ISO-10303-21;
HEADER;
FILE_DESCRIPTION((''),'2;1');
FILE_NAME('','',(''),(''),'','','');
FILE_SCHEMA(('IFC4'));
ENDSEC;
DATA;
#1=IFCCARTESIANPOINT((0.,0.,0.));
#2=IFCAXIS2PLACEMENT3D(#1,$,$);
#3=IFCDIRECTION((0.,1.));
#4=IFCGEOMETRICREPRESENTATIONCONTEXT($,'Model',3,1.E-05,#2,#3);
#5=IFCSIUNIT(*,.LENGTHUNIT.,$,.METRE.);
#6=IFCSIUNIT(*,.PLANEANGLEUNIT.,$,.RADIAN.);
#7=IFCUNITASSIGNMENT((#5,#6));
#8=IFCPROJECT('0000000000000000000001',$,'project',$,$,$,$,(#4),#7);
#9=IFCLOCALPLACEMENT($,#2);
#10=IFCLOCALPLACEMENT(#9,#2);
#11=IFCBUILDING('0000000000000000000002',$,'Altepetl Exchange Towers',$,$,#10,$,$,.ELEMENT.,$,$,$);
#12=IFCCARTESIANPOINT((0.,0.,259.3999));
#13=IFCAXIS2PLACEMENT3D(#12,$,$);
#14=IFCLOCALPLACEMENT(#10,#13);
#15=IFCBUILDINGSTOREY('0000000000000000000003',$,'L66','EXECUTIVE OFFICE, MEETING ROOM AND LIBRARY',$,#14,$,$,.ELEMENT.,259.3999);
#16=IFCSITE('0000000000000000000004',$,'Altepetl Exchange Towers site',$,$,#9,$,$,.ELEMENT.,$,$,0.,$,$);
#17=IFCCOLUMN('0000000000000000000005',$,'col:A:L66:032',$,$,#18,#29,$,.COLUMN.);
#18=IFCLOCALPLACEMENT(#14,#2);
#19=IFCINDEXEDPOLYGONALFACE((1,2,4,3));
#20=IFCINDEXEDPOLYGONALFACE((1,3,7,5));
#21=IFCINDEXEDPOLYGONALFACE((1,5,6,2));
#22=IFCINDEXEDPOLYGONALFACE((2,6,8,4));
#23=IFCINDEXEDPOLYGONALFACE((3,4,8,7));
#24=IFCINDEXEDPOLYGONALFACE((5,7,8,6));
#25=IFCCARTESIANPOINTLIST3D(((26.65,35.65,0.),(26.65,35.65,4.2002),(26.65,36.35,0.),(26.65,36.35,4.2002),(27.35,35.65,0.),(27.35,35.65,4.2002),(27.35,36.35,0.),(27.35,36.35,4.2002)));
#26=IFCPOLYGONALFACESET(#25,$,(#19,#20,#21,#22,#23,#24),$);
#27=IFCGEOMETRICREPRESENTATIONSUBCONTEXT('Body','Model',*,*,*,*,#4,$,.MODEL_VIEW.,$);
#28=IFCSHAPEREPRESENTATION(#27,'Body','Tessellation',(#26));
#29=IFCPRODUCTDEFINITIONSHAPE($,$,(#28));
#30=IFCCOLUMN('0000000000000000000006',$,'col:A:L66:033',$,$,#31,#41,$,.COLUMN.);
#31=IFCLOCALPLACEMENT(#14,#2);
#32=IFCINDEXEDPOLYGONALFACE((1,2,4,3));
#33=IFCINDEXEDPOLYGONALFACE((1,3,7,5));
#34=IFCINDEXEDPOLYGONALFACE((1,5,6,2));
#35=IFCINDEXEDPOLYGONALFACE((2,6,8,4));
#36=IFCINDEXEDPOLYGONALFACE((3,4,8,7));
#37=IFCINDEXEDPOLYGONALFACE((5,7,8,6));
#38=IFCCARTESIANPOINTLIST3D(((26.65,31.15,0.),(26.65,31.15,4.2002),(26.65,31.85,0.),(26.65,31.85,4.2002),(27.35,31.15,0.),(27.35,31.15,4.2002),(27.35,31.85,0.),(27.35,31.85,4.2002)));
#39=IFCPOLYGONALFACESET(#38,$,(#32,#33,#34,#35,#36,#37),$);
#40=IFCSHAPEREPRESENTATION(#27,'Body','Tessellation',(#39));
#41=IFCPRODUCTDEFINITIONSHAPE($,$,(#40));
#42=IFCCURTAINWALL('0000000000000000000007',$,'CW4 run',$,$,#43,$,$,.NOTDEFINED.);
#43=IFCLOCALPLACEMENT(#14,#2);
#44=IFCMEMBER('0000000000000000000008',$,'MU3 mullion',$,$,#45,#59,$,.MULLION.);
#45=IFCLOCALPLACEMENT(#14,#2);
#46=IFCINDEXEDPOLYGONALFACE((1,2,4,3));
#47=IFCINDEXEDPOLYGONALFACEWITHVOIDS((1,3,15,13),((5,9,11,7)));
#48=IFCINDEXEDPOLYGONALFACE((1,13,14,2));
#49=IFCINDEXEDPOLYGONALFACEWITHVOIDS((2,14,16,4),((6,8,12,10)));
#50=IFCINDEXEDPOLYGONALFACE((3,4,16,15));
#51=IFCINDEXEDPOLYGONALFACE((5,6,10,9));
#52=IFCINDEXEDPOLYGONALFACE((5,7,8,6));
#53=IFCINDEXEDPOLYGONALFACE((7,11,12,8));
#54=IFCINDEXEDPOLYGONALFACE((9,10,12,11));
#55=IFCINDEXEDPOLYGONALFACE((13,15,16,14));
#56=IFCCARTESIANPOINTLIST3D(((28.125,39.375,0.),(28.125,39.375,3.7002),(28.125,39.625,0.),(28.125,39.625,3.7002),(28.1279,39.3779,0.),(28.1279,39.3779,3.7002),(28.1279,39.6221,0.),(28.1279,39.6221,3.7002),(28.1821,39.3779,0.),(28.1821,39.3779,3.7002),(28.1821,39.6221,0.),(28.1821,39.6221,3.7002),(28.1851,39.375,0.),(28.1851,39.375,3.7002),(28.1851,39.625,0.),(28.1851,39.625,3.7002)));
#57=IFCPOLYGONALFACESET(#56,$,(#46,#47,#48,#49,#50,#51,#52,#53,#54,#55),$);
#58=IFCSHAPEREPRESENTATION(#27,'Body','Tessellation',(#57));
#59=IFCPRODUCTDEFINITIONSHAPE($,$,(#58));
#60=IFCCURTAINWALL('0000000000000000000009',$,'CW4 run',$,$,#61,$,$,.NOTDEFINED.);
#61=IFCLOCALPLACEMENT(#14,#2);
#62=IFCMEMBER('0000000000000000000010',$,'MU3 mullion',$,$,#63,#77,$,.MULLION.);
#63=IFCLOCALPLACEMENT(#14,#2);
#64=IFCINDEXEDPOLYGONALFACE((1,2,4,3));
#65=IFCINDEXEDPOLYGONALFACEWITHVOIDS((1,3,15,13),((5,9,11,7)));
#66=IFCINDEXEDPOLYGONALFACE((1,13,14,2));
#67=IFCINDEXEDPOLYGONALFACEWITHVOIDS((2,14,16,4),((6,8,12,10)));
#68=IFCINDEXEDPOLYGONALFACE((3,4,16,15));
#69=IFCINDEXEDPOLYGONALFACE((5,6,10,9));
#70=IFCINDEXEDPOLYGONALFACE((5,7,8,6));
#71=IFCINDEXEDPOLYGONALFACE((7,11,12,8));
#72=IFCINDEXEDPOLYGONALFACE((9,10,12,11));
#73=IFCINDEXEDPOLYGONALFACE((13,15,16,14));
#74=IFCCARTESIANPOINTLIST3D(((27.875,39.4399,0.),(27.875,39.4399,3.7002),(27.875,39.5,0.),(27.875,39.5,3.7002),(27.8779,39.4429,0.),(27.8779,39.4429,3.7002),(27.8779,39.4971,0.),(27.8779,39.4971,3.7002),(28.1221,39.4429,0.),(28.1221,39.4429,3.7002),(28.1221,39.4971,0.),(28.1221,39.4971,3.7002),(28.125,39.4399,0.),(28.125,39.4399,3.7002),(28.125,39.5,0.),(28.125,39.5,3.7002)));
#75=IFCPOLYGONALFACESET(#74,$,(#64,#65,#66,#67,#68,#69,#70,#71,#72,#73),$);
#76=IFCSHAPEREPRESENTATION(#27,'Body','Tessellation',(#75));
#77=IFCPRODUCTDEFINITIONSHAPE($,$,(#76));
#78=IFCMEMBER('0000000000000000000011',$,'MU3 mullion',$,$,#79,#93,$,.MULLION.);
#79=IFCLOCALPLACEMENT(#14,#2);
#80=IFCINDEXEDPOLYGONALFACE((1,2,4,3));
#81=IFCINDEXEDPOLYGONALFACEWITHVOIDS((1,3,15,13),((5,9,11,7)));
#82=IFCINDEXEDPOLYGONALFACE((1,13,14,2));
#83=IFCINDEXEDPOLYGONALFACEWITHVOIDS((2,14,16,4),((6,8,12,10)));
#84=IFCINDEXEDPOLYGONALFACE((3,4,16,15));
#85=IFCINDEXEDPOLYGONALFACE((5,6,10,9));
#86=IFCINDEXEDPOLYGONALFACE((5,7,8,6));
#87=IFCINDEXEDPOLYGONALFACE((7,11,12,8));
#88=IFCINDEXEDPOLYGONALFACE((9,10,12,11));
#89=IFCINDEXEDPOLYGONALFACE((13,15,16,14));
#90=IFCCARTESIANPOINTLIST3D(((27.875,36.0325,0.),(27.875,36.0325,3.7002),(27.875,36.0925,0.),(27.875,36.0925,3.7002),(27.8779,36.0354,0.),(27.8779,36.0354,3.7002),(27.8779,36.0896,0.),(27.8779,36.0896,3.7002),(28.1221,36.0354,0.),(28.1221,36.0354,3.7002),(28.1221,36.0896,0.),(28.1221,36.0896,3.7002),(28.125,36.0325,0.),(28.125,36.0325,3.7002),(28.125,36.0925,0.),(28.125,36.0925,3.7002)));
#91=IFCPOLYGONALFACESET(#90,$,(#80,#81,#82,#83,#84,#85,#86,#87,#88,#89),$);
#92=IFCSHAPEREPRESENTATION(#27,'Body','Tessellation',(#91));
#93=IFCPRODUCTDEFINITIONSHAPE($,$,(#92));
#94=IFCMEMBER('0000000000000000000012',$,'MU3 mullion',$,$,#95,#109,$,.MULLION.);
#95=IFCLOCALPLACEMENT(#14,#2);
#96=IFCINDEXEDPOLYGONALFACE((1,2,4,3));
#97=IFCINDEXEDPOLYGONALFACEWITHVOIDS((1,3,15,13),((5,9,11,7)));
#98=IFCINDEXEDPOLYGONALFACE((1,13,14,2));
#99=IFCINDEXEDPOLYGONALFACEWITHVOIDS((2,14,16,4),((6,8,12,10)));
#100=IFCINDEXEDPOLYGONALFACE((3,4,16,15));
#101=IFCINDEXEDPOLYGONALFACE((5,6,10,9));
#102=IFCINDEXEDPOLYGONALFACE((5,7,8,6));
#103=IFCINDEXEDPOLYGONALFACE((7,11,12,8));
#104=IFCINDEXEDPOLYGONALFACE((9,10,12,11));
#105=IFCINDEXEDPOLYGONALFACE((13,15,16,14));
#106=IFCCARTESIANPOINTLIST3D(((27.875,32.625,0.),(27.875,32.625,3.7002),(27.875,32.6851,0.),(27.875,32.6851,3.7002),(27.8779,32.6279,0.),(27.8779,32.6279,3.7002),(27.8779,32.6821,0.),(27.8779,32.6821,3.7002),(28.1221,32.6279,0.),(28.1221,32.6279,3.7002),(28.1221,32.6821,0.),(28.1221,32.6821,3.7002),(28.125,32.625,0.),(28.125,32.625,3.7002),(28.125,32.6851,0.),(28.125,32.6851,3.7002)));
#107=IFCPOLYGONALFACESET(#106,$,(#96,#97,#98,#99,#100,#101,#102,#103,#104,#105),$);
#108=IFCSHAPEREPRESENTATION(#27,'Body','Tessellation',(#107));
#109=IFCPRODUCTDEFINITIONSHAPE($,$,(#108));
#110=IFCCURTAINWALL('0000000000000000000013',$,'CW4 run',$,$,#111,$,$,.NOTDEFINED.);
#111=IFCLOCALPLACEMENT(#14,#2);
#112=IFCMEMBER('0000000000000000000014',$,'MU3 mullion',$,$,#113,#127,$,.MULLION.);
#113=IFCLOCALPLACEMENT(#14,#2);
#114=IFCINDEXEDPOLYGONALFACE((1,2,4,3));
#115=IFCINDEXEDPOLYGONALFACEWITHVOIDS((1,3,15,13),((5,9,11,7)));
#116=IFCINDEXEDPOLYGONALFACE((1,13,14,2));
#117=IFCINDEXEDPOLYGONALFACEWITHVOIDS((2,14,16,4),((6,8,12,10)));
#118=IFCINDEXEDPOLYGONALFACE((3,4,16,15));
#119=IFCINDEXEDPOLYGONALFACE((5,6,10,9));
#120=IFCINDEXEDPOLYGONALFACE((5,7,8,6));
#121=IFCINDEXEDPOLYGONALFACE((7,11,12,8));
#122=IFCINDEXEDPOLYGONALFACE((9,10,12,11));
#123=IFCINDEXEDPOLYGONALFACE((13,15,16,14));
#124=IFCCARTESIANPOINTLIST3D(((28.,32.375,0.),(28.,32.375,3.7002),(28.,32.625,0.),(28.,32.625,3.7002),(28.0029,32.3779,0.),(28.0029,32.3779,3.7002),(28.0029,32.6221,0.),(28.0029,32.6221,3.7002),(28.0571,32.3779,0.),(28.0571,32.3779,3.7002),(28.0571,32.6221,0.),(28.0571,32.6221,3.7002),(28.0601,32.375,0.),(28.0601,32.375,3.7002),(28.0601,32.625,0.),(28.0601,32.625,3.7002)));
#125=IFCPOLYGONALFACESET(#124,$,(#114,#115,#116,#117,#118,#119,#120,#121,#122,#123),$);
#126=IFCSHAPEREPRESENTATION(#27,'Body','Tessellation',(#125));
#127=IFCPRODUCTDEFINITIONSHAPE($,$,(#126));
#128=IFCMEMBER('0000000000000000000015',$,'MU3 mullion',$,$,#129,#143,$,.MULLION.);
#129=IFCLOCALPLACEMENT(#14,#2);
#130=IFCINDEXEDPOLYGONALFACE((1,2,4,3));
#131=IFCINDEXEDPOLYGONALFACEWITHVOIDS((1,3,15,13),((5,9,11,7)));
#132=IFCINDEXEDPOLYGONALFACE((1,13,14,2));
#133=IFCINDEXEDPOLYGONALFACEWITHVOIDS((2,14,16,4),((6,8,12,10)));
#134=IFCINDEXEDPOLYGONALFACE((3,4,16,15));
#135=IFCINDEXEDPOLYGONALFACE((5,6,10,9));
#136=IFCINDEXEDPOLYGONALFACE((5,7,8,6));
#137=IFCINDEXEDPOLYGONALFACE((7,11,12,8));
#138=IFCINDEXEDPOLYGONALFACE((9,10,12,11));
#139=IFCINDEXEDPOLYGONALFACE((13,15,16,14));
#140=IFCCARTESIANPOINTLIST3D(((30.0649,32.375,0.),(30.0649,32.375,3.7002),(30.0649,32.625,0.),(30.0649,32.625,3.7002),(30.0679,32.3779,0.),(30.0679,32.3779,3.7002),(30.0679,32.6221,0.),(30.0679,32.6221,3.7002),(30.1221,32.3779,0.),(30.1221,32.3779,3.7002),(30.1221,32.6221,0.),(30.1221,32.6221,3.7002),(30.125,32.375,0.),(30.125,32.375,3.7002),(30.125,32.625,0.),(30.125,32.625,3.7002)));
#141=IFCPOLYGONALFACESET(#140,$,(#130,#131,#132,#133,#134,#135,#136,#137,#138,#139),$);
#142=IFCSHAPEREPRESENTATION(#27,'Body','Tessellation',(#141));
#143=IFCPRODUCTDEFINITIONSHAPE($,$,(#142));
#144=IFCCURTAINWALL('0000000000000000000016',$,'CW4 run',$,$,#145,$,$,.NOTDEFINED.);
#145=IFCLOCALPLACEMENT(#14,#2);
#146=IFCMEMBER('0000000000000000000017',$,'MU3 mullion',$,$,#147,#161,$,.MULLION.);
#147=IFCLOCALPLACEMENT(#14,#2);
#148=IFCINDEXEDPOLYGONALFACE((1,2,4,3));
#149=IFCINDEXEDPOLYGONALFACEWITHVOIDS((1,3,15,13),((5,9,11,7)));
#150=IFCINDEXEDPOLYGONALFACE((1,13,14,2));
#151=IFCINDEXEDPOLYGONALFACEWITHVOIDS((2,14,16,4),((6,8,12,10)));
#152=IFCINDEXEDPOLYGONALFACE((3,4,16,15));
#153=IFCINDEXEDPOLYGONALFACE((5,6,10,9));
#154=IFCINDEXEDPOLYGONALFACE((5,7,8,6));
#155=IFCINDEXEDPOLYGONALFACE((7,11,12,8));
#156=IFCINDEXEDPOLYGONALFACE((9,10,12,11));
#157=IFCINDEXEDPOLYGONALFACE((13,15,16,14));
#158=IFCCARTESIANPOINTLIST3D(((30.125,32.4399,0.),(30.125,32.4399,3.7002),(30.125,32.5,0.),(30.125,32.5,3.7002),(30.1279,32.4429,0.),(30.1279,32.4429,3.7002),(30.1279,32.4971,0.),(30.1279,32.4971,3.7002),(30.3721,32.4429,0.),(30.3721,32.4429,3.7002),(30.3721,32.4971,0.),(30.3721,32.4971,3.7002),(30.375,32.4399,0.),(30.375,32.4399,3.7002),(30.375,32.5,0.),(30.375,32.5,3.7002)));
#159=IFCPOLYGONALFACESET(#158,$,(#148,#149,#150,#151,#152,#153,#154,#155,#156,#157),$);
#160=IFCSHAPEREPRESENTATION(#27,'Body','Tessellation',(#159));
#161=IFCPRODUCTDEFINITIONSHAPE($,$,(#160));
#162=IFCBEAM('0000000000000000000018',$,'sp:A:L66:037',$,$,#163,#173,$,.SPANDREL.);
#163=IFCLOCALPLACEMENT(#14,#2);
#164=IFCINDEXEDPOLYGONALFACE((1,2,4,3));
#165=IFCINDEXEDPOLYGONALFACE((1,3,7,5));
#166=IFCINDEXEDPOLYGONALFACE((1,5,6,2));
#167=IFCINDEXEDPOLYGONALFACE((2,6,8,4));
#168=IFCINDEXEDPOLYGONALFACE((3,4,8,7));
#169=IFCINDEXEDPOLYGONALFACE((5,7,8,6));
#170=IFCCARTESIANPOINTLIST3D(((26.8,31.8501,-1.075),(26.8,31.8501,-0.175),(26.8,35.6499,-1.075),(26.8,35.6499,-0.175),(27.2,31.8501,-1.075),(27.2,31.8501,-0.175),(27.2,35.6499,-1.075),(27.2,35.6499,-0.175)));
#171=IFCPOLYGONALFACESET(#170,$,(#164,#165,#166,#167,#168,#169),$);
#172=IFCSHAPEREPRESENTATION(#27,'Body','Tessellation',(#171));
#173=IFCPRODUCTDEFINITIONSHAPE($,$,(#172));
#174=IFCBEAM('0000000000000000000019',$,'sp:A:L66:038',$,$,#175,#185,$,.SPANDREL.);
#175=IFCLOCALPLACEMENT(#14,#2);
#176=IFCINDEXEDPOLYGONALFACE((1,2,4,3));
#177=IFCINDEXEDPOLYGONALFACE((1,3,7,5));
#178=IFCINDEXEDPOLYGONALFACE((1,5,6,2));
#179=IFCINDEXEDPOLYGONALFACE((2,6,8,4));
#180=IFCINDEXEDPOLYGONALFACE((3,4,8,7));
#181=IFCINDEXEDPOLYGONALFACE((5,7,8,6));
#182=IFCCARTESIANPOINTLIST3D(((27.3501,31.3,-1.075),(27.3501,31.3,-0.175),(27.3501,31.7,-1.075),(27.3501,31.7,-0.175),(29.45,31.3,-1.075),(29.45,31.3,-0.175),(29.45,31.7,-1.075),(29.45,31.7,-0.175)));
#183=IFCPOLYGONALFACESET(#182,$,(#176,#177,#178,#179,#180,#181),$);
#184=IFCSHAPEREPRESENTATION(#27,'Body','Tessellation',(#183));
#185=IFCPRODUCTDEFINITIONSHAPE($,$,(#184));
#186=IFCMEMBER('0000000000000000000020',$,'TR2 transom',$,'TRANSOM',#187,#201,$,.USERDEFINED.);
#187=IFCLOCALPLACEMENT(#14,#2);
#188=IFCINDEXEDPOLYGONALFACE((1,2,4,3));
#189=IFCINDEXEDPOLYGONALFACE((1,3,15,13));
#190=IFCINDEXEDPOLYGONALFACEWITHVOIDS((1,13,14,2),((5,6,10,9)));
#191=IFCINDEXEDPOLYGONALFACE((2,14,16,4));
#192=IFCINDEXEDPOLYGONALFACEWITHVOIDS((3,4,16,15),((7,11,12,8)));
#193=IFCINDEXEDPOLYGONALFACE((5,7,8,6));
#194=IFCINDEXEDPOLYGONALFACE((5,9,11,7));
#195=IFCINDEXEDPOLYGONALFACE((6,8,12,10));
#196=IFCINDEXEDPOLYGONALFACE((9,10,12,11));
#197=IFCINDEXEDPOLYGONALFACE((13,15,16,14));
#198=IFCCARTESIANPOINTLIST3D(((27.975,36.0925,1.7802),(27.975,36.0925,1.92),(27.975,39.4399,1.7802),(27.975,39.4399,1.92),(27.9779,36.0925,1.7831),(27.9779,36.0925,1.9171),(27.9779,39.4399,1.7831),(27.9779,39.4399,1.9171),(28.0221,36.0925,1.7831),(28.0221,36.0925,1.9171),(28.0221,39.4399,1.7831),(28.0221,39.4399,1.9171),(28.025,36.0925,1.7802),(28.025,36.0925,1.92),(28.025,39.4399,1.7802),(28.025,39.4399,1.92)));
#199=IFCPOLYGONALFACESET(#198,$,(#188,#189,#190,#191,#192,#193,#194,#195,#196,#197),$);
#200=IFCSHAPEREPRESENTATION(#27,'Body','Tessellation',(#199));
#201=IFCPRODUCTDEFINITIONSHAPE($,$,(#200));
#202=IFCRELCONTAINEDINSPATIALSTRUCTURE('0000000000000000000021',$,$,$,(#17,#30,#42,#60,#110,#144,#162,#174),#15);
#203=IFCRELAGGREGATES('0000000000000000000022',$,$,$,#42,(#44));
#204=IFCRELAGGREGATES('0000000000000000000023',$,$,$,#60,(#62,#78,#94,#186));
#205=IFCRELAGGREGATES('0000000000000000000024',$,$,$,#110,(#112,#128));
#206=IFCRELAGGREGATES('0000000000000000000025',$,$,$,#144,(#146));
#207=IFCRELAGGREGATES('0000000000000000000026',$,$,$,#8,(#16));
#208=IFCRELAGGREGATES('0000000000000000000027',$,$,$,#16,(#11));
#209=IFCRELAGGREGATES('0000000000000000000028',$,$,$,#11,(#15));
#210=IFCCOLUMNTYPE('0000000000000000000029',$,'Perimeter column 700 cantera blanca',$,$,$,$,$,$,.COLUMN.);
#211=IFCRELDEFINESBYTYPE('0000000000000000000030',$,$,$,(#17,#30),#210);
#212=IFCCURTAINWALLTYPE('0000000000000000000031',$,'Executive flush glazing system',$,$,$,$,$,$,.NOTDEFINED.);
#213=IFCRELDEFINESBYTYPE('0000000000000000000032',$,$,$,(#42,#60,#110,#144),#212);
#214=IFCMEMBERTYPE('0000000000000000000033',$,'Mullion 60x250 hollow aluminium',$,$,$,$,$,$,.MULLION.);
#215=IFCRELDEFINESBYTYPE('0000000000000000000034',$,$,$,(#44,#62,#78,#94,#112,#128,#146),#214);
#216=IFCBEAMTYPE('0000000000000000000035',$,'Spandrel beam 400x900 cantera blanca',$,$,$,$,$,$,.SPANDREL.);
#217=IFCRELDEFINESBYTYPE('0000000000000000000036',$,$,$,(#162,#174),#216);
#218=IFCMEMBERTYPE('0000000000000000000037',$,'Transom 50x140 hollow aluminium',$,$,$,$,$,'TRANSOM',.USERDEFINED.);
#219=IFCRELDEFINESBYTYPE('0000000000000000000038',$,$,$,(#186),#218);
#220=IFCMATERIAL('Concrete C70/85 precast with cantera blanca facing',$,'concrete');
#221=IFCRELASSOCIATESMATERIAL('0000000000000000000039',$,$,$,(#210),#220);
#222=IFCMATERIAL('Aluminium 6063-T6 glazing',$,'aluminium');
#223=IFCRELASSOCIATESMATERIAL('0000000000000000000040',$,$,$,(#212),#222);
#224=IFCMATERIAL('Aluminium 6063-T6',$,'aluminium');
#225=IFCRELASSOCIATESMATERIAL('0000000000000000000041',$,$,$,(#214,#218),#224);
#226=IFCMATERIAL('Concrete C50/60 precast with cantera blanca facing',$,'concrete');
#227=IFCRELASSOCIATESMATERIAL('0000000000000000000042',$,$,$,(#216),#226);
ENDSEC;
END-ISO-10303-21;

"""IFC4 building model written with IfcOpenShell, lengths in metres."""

from ifc_helpers import new_model, si_unit, direction, frame, origin, origin_2d, place, context, subcontext, project, spatial, rectangle, hollow_rectangle, extrude, material, material_profile, profile_set, type_object, element, aggregate, save


model = new_model("IFC4")

# Units and contexts
model_context = context("Model", 3, precision=1e-05, world=origin(), true_north=direction((0.0, 1.0)))
body_context = subcontext(model_context, "Body", "Model", "MODEL_VIEW")
ifc_project = project(units=[si_unit("LENGTHUNIT", "METRE"), si_unit("PLANEANGLEUNIT", "RADIAN")], contexts=[model_context])

# Site, building, storey
site_placement = place(None, origin())
site = spatial("IfcSite", under=ifc_project, at=site_placement, Name="Altepetl Exchange Towers site", CompositionType="ELEMENT", RefElevation=0.0)
building_placement = place(site_placement, origin())
building = spatial("IfcBuilding", under=site, at=building_placement, Name="Altepetl Exchange Towers", CompositionType="ELEMENT")
storey_placement = place(building_placement, frame((0.0, 0.0, 259.3999)))
storey = spatial("IfcBuildingStorey", under=building, at=storey_placement, Name="L66", Description="EXECUTIVE OFFICE, MEETING ROOM AND LIBRARY", CompositionType="ELEMENT", Elevation=259.3999)

# Columns
ifc_material_1 = material(Name="Concrete C70/85 precast with cantera blanca facing", Category="concrete")
ifc_material_profile_1 = material_profile(ifc_material_1, rectangle(XDim=0.7, YDim=0.7, at=origin_2d()), Name="700 x 700")
ifc_profile_set_1 = profile_set([ifc_material_profile_1], Name="Concrete C70/85 precast with cantera blanca facing")
column_type = type_object("IfcColumnType", Name="Perimeter column 700 cantera blanca", PredefinedType="COLUMN", material=ifc_profile_set_1)
for number, where, name in (
    (1, (27.0, 36.0, 0.0), "col:A:L66:032"),
    (2, (27.0, 31.5, 0.0), "col:A:L66:033"),
):
    element("IfcColumn", number, at=place(storey_placement, frame(where)), inside=storey, type_object=column_type, Name=name, PredefinedType="COLUMN", context=body_context, shape_type="SweptSolid", body=[
        extrude(rectangle(XDim=0.7, YDim=0.7, at=origin_2d()), origin(), (0.0, 0.0, 1.0), 4.2002),
    ])

# Curtain wall, member
ifc_material_2 = material(Name="Aluminium 6063-T6 glazing", Category="aluminium")
curtain_wall_type = type_object("IfcCurtainWallType", Name="Executive flush glazing system", PredefinedType="NOTDEFINED", material=ifc_material_2)
curtain_wall_1_placement = place(storey_placement, origin())
curtain_wall_1 = element("IfcCurtainWall", 3, at=curtain_wall_1_placement, inside=storey, type_object=curtain_wall_type, Name="CW4 run", PredefinedType="NOTDEFINED")
ifc_material_3 = material(Name="Aluminium 6063-T6", Category="aluminium")
ifc_material_profile_2 = material_profile(ifc_material_3, hollow_rectangle(XDim=0.0601, YDim=0.25, WallThickness=0.0029, at=origin_2d()), Name="Mullion 60x250 hollow aluminium")
ifc_profile_set_2 = profile_set([ifc_material_profile_2], Name="Aluminium 6063-T6")
member_type_1 = type_object("IfcMemberType", Name="Mullion 60x250 hollow aluminium", PredefinedType="MULLION", material=ifc_profile_set_2)
member_1_placement = place(storey_placement, frame((28.155, 39.5, 0.0), z_axis=(0.0, 0.0, 1.0), x_axis=(-1.0, 0.0, 0.0)))
member_1 = element("IfcMember", 4, at=member_1_placement, type_object=member_type_1, Name="MU3 mullion", PredefinedType="MULLION", context=body_context, shape_type="SweptSolid", body=[
    extrude(hollow_rectangle(XDim=0.0601, YDim=0.25, WallThickness=0.0029, at=origin_2d()), origin(), (0.0, 0.0, 1.0), 3.7002),
])

# Curtain walls, members
curtain_wall_2_placement = place(storey_placement, origin())
curtain_wall_2 = element("IfcCurtainWall", 5, at=curtain_wall_2_placement, inside=storey, type_object=curtain_wall_type, Name="CW4 run", PredefinedType="NOTDEFINED")
member_2_placement = place(storey_placement, frame((28.0, 39.47, 0.0), z_axis=(0.0, 0.0, 1.0), x_axis=(0.0, -1.0, 0.0)))
member_2 = element("IfcMember", 6, at=member_2_placement, type_object=member_type_1, Name="MU3 mullion", PredefinedType="MULLION", context=body_context, shape_type="SweptSolid", body=[
    extrude(hollow_rectangle(XDim=0.0601, YDim=0.25, WallThickness=0.0029, at=origin_2d()), origin(), (0.0, 0.0, 1.0), 3.7002),
])
member_3_placement = place(storey_placement, frame((28.0, 36.0625, 0.0), z_axis=(0.0, 0.0, 1.0), x_axis=(0.0, -1.0, 0.0)))
member_3 = element("IfcMember", 7, at=member_3_placement, type_object=member_type_1, Name="MU3 mullion", PredefinedType="MULLION", context=body_context, shape_type="SweptSolid", body=[
    extrude(hollow_rectangle(XDim=0.0601, YDim=0.25, WallThickness=0.0029, at=origin_2d()), origin(), (0.0, 0.0, 1.0), 3.7002),
])
member_4_placement = place(storey_placement, frame((28.0, 32.655, 0.0), z_axis=(0.0, 0.0, 1.0), x_axis=(0.0, -1.0, 0.0)))
member_4 = element("IfcMember", 8, at=member_4_placement, type_object=member_type_1, Name="MU3 mullion", PredefinedType="MULLION", context=body_context, shape_type="SweptSolid", body=[
    extrude(hollow_rectangle(XDim=0.0601, YDim=0.25, WallThickness=0.0029, at=origin_2d()), origin(), (0.0, 0.0, 1.0), 3.7002),
])
curtain_wall_3_placement = place(storey_placement, origin())
curtain_wall_3 = element("IfcCurtainWall", 9, at=curtain_wall_3_placement, inside=storey, type_object=curtain_wall_type, Name="CW4 run", PredefinedType="NOTDEFINED")
member_5_placement = place(storey_placement, frame((28.03, 32.5, 0.0)))
member_5 = element("IfcMember", 10, at=member_5_placement, type_object=member_type_1, Name="MU3 mullion", PredefinedType="MULLION", context=body_context, shape_type="SweptSolid", body=[
    extrude(hollow_rectangle(XDim=0.0601, YDim=0.25, WallThickness=0.0029, at=origin_2d()), origin(), (0.0, 0.0, 1.0), 3.7002),
])
member_6_placement = place(storey_placement, frame((30.095, 32.5, 0.0)))
member_6 = element("IfcMember", 11, at=member_6_placement, type_object=member_type_1, Name="MU3 mullion", PredefinedType="MULLION", context=body_context, shape_type="SweptSolid", body=[
    extrude(hollow_rectangle(XDim=0.0601, YDim=0.25, WallThickness=0.0029, at=origin_2d()), origin(), (0.0, 0.0, 1.0), 3.7002),
])

# Curtain wall, member
curtain_wall_4_placement = place(storey_placement, origin())
curtain_wall_4 = element("IfcCurtainWall", 12, at=curtain_wall_4_placement, inside=storey, type_object=curtain_wall_type, Name="CW4 run", PredefinedType="NOTDEFINED")
member_7_placement = place(storey_placement, frame((30.25, 32.47, 0.0), z_axis=(0.0, 0.0, 1.0), x_axis=(0.0, -1.0, 0.0)))
member_7 = element("IfcMember", 13, at=member_7_placement, type_object=member_type_1, Name="MU3 mullion", PredefinedType="MULLION", context=body_context, shape_type="SweptSolid", body=[
    extrude(hollow_rectangle(XDim=0.0601, YDim=0.25, WallThickness=0.0029, at=origin_2d()), origin(), (0.0, 0.0, 1.0), 3.7002),
])

# Beams
ifc_material_4 = material(Name="Concrete C50/60 precast with cantera blanca facing", Category="concrete")
ifc_material_profile_3 = material_profile(ifc_material_4, rectangle(XDim=0.3999, YDim=0.8999, at=origin_2d()), Name="400 x 900")
ifc_profile_set_3 = profile_set([ifc_material_profile_3], Name="Concrete C50/60 precast with cantera blanca facing")
beam_type = type_object("IfcBeamType", Name="Spandrel beam 400x900 cantera blanca", PredefinedType="SPANDREL", material=ifc_profile_set_3)
beam_1_placement = place(storey_placement, frame((27.0, 35.6499, -0.625), z_axis=(0.0, -1.0, 0.0), x_axis=(1.0, 0.0, 0.0)))
element("IfcBeam", 14, at=beam_1_placement, inside=storey, type_object=beam_type, Name="sp:A:L66:037", PredefinedType="SPANDREL", context=body_context, shape_type="SweptSolid", body=[
    extrude(rectangle(XDim=0.3999, YDim=0.8999, at=origin_2d()), origin(), (0.0, 0.0, 1.0), 3.7998),
])
beam_2_placement = place(storey_placement, frame((27.3501, 31.5, -0.625), z_axis=(1.0, 0.0, 0.0), x_axis=(0.0, 1.0, 0.0)))
element("IfcBeam", 15, at=beam_2_placement, inside=storey, type_object=beam_type, Name="sp:A:L66:038", PredefinedType="SPANDREL", context=body_context, shape_type="SweptSolid", body=[
    extrude(rectangle(XDim=0.3999, YDim=0.8999, at=origin_2d()), origin(), (0.0, 0.0, 1.0), 2.0999),
])

# Member
ifc_material_profile_4 = material_profile(ifc_material_3, hollow_rectangle(XDim=0.05, YDim=0.1399, WallThickness=0.0029, at=origin_2d()), Name="Transom 50x140 hollow aluminium")
ifc_profile_set_4 = profile_set([ifc_material_profile_4], Name="Aluminium 6063-T6")
member_type_2 = type_object("IfcMemberType", Name="Transom 50x140 hollow aluminium", ElementType="TRANSOM", PredefinedType="USERDEFINED", material=ifc_profile_set_4)
member_8_placement = place(storey_placement, frame((28.0, 39.4399, 1.8501), z_axis=(0.0, -1.0, 0.0), x_axis=(1.0, 0.0, 0.0)))
member_8 = element("IfcMember", 16, at=member_8_placement, type_object=member_type_2, Name="TR2 transom", ObjectType="TRANSOM", PredefinedType="USERDEFINED", context=body_context, shape_type="SweptSolid", body=[
    extrude(hollow_rectangle(XDim=0.05, YDim=0.1399, WallThickness=0.0029, at=origin_2d()), origin(), (0.0, 0.0, 1.0), 3.3474),
])

aggregate(curtain_wall_1, [member_1])
aggregate(curtain_wall_2, [member_2, member_3, member_4, member_8])
aggregate(curtain_wall_3, [member_5, member_6])
aggregate(curtain_wall_4, [member_7])

save(model, "model.ifc")
